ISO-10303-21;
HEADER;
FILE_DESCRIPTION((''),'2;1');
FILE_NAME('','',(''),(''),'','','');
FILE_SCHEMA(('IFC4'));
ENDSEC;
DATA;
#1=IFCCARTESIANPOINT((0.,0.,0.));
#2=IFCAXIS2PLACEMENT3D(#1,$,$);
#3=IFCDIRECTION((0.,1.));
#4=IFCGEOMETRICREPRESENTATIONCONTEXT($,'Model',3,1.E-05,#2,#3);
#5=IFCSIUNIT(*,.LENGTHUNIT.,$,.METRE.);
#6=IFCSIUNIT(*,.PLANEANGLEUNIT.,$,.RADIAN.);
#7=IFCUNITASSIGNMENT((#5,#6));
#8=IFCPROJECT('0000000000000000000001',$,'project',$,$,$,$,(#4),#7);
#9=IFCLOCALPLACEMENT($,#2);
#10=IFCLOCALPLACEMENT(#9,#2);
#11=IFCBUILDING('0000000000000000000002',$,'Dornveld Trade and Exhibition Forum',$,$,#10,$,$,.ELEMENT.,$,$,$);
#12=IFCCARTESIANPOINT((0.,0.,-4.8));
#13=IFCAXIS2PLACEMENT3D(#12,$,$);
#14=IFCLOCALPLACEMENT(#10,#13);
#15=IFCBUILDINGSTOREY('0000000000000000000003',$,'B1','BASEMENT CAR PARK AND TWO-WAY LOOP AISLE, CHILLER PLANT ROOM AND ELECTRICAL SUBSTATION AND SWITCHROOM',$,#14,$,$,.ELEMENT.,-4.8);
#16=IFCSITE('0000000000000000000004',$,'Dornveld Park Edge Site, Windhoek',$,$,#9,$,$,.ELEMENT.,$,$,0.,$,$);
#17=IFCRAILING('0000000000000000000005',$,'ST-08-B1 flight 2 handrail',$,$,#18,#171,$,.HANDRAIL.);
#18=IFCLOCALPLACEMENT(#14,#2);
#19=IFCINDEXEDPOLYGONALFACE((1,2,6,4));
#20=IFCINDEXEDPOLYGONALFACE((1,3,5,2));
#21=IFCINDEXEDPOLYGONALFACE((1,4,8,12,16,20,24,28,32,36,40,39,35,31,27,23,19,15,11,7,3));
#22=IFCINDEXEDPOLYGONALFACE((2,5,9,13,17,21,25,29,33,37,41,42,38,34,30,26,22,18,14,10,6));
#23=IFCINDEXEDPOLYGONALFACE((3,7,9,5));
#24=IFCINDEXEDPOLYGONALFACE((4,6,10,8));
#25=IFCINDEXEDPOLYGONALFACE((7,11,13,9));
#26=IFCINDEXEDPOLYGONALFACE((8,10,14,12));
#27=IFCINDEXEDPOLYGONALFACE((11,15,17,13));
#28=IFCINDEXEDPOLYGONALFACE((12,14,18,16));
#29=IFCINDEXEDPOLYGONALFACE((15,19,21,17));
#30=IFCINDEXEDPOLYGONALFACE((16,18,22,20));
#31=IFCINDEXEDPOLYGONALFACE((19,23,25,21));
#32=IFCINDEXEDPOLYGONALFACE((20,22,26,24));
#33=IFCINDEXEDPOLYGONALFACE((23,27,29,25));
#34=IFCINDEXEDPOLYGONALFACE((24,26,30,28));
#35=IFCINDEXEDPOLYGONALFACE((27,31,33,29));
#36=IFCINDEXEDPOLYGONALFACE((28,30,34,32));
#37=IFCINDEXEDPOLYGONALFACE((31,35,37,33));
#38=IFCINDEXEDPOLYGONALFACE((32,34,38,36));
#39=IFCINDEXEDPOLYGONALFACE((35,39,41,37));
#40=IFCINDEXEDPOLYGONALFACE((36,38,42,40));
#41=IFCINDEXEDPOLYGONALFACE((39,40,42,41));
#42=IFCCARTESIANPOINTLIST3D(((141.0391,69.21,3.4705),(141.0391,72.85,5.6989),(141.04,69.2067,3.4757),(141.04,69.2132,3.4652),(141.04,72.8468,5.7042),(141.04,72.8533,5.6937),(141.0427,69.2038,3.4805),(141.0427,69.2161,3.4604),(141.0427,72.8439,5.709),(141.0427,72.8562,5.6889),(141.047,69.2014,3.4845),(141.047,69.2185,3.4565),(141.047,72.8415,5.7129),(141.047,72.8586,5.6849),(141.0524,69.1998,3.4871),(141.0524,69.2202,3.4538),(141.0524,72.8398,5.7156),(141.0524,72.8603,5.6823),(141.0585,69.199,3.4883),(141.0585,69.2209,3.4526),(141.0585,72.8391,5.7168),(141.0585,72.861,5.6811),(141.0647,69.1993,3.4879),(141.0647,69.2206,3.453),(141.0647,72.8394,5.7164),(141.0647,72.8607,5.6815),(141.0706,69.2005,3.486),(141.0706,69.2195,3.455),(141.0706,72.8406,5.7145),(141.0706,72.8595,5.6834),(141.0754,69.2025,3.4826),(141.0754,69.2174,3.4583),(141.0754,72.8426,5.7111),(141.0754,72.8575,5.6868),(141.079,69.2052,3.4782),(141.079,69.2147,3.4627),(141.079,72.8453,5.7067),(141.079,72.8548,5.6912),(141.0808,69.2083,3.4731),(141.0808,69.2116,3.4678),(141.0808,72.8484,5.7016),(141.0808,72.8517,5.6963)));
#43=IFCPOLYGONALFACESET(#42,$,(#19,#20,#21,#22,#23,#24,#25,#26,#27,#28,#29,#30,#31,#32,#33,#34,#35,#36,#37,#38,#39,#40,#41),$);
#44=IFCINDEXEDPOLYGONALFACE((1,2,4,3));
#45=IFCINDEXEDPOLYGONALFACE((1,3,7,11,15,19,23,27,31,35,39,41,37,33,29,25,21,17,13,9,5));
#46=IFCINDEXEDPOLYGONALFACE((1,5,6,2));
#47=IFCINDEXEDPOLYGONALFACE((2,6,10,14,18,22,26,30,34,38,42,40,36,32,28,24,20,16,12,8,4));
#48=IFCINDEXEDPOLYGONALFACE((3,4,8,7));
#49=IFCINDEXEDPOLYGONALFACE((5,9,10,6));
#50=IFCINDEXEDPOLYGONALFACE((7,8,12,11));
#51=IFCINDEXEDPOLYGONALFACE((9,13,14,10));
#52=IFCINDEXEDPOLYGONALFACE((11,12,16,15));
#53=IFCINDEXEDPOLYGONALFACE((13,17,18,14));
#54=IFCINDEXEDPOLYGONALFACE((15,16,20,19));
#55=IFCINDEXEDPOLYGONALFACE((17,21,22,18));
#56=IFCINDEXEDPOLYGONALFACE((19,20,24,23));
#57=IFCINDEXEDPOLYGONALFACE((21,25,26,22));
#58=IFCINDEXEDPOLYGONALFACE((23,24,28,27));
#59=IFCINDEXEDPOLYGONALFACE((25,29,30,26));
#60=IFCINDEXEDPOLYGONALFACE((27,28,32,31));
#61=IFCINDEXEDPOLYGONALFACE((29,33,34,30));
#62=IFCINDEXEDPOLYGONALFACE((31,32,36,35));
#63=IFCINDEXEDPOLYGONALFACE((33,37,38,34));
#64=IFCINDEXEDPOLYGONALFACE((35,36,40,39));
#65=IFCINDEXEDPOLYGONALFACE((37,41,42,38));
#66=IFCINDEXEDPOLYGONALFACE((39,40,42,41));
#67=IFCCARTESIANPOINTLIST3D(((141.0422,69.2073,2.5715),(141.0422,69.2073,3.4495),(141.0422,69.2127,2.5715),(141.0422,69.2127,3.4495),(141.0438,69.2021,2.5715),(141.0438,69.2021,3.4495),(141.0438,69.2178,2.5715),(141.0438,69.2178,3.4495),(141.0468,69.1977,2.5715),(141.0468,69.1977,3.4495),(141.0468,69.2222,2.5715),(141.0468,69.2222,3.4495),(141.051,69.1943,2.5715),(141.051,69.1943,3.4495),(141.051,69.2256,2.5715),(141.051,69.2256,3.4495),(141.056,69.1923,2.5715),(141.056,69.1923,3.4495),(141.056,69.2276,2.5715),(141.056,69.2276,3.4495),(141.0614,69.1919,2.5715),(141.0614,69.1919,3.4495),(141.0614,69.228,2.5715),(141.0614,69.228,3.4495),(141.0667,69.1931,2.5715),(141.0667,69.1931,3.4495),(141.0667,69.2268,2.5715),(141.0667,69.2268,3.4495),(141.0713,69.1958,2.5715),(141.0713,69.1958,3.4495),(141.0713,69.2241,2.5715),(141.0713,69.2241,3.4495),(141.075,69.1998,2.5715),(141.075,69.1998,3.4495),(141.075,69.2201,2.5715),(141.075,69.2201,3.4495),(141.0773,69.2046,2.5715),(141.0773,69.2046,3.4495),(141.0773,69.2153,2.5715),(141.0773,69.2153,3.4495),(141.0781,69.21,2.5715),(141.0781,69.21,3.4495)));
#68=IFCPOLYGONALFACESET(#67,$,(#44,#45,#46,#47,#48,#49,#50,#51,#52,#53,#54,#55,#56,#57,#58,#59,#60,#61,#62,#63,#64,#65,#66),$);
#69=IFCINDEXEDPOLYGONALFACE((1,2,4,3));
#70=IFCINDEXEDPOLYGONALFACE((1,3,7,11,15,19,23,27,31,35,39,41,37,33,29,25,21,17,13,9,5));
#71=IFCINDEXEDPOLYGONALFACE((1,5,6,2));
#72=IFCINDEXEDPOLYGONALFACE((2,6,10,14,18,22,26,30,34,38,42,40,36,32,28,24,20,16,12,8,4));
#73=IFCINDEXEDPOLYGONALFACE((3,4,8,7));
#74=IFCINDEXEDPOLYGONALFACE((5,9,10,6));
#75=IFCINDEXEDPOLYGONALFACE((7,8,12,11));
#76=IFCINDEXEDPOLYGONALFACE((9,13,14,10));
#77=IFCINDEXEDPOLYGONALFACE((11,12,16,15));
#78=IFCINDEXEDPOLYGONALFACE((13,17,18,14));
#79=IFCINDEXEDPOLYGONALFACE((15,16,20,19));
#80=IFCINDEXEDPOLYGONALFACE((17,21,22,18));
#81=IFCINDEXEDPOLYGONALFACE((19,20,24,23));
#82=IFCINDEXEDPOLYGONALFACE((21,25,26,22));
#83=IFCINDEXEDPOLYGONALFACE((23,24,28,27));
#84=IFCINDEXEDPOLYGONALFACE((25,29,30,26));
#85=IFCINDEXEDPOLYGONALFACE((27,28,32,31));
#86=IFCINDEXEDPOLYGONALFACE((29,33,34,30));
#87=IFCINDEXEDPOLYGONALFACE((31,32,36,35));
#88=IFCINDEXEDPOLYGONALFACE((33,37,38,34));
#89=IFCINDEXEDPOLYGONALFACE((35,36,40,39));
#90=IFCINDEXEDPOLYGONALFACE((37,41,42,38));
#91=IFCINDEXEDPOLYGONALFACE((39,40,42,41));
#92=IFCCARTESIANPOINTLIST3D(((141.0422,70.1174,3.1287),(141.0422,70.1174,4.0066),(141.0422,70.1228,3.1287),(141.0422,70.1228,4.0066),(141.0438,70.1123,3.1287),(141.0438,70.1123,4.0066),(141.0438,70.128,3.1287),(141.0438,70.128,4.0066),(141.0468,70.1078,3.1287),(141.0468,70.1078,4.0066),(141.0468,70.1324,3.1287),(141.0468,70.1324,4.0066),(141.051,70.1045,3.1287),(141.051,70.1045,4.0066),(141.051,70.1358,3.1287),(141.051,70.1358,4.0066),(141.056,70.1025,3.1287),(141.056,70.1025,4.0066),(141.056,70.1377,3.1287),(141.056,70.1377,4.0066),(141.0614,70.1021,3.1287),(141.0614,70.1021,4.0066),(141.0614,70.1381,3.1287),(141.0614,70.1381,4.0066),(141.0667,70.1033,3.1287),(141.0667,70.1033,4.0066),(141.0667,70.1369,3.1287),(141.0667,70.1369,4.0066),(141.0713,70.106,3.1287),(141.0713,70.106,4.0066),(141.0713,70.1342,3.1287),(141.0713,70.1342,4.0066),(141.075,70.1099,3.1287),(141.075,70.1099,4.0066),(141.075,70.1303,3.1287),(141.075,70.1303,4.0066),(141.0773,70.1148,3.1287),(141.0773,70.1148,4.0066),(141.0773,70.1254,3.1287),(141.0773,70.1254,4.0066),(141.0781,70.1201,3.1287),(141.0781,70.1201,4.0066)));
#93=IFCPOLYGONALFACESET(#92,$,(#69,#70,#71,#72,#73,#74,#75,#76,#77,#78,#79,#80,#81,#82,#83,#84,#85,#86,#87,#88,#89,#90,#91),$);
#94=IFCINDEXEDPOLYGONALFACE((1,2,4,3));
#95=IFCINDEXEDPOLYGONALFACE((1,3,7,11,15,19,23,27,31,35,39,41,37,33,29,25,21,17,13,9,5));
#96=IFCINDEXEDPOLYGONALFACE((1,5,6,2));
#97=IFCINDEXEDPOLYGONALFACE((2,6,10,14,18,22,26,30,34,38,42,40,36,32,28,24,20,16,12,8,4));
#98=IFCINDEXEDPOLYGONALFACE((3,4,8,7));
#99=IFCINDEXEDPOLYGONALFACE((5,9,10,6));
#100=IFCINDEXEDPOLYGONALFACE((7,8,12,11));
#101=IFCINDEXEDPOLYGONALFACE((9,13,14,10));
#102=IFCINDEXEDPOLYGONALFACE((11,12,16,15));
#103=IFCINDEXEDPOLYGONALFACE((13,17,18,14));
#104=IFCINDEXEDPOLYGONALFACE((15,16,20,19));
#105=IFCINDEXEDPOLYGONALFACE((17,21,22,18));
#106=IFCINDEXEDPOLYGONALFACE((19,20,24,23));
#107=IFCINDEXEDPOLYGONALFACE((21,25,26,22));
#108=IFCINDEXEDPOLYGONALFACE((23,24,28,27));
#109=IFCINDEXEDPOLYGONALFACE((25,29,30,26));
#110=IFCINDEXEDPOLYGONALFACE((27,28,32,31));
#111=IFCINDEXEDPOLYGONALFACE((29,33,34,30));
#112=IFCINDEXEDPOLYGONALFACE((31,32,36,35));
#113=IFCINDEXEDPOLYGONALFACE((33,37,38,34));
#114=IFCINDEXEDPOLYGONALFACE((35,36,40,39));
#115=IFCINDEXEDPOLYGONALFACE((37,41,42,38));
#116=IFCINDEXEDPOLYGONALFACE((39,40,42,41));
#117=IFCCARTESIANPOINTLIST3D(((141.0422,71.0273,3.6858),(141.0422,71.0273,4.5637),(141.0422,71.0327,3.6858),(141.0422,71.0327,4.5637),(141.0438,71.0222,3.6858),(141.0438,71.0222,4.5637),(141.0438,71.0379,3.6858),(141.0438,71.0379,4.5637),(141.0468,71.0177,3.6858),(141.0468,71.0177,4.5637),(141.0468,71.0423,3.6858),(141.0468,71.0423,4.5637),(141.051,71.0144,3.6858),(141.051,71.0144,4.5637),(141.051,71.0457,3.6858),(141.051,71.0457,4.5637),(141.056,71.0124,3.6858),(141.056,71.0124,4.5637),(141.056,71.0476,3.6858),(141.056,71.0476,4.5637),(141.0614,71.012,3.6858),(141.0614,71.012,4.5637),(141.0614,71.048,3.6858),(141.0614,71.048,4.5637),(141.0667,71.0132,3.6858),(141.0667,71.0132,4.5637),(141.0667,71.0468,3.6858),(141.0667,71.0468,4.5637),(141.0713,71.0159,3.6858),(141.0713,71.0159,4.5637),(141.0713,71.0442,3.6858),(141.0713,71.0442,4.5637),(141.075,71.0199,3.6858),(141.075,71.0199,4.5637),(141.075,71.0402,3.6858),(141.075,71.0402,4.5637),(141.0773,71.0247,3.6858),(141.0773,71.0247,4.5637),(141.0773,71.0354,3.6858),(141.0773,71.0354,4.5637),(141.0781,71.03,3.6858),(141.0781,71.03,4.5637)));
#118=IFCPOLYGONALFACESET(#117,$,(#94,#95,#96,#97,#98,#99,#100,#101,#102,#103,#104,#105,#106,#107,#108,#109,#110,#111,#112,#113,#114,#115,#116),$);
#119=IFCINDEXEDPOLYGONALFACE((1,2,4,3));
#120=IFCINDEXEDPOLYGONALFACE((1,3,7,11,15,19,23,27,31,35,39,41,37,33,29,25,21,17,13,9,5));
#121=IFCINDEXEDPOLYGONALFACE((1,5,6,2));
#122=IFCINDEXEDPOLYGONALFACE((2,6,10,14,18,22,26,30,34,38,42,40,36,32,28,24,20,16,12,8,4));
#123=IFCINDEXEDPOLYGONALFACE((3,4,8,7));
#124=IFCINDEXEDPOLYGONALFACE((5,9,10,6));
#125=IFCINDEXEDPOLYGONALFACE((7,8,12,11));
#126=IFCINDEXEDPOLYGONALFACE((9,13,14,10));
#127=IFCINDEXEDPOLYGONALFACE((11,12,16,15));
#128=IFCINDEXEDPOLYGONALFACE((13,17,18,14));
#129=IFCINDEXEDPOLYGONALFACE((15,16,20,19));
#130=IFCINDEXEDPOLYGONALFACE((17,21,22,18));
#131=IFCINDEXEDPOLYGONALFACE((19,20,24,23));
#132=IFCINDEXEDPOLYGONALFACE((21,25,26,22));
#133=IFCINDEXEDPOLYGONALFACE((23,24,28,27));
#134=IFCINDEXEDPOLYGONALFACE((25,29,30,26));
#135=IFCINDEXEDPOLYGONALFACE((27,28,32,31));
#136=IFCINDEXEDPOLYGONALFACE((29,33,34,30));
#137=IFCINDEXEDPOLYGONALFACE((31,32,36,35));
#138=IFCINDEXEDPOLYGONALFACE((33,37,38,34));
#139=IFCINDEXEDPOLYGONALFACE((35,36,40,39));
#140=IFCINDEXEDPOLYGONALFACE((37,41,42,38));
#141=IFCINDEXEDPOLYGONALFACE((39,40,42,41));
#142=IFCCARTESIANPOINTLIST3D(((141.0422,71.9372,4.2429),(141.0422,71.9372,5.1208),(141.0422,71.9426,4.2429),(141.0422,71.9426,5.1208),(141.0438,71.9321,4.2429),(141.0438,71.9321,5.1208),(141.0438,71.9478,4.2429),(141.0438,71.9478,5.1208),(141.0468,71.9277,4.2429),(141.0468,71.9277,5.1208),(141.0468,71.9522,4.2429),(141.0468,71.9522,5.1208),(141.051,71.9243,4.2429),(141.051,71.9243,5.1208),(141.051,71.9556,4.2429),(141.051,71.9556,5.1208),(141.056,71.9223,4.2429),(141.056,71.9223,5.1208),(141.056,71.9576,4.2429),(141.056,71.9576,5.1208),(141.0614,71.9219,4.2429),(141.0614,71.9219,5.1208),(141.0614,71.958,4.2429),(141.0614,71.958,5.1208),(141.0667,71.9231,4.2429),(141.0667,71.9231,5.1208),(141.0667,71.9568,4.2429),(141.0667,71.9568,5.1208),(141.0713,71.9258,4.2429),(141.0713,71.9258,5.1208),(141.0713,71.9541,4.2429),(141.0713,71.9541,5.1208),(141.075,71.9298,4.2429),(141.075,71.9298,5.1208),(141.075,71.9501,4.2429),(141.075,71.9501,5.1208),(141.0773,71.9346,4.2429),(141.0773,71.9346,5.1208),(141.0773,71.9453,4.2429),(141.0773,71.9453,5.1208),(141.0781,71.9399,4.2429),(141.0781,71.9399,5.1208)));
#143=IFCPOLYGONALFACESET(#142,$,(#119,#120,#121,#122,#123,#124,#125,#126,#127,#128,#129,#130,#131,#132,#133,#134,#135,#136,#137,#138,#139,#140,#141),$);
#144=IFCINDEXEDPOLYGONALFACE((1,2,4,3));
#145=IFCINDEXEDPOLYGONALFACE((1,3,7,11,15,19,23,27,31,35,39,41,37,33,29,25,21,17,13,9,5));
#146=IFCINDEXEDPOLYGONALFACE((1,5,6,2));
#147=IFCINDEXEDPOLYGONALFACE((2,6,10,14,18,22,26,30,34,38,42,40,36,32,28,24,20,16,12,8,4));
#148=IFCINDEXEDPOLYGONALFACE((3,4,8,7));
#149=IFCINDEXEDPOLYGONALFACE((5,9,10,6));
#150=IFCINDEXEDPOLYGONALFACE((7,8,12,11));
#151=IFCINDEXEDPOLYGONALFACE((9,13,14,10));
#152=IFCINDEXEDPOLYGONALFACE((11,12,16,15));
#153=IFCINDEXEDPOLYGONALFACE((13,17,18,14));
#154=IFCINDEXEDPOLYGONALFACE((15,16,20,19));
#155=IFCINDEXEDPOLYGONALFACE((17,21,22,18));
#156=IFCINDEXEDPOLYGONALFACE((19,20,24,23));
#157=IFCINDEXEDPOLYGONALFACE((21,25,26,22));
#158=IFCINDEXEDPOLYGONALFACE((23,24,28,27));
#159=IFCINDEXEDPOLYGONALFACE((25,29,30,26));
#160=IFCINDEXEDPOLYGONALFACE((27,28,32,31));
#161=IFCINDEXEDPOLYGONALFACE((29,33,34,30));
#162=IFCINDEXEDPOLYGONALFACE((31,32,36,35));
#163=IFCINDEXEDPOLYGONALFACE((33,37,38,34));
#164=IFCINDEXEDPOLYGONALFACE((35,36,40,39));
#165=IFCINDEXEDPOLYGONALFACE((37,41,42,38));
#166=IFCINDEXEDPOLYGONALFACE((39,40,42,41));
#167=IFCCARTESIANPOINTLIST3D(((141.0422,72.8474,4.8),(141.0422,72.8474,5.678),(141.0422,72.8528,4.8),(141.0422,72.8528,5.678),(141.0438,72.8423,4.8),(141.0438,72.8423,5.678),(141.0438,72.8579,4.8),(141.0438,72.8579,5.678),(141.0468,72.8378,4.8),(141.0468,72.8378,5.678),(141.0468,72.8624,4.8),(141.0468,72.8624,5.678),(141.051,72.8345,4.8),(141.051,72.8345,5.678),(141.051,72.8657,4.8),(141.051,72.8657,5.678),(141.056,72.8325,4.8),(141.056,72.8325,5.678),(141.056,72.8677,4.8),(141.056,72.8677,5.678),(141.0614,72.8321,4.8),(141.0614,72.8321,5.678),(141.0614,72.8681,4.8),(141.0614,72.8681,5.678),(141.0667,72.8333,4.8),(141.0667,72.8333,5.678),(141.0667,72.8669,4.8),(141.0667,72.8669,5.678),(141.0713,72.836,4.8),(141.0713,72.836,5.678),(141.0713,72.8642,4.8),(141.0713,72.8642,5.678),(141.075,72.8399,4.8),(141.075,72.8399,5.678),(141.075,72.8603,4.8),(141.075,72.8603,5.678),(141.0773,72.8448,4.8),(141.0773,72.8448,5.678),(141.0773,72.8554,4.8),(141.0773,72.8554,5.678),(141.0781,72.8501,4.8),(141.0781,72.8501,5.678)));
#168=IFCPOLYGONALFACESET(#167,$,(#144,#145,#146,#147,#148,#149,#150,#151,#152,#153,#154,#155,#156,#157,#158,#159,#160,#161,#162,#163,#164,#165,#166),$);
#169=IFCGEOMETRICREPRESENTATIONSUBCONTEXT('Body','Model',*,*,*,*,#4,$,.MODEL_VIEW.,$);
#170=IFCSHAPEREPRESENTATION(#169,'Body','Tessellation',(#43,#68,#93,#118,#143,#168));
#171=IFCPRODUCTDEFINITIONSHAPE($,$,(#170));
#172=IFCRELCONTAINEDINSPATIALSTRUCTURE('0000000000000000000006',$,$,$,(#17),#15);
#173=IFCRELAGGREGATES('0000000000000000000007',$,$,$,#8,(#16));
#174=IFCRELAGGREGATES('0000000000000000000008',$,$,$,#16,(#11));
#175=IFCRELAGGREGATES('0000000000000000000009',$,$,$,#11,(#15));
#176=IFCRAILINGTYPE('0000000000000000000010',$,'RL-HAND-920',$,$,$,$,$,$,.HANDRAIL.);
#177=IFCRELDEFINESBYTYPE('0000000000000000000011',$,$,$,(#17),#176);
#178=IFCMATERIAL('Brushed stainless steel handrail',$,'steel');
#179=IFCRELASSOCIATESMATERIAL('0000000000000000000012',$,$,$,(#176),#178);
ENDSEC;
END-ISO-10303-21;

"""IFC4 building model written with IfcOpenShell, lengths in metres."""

from ifc_helpers import new_model, si_unit, direction, frame, origin, origin_2d, place, context, subcontext, project, spatial, circle, extrude, material, type_object, element, save


model = new_model("IFC4")

# Units and contexts
model_context = context("Model", 3, precision=1e-05, world=origin(), true_north=direction((0.0, 1.0)))
body_context = subcontext(model_context, "Body", "Model", "MODEL_VIEW")
ifc_project = project(units=[si_unit("LENGTHUNIT", "METRE"), si_unit("PLANEANGLEUNIT", "RADIAN")], contexts=[model_context])

# Site, building, storey
site_placement = place(None, origin())
site = spatial("IfcSite", under=ifc_project, at=site_placement, Name="Dornveld Park Edge Site, Windhoek", CompositionType="ELEMENT", RefElevation=0.0)
building_placement = place(site_placement, origin())
building = spatial("IfcBuilding", under=site, at=building_placement, Name="Dornveld Trade and Exhibition Forum", CompositionType="ELEMENT")
storey_placement = place(building_placement, frame((0.0, 0.0, -4.8)))
storey = spatial("IfcBuildingStorey", under=building, at=storey_placement, Name="B1", Description="BASEMENT CAR PARK AND TWO-WAY LOOP AISLE, CHILLER PLANT ROOM AND ELECTRICAL SUBSTATION AND SWITCHROOM", CompositionType="ELEMENT", Elevation=-4.8)

# Railing
ifc_material_1 = material(Name="Brushed stainless steel handrail", Category="steel")
railing_type_1 = type_object("IfcRailingType", Name="RL-HAND-920", PredefinedType="HANDRAIL", material=ifc_material_1)
railing_1_placement = place(storey_placement, frame((141.0601, 69.21, 2.5715)))
element("IfcRailing", 1, at=railing_1_placement, inside=storey, type_object=railing_type_1, Name="ST-08-B1 flight 2 handrail", PredefinedType="HANDRAIL", context=body_context, shape_type="SweptSolid", body=[
    extrude(circle(Radius=0.021, at=origin_2d()), frame((0.0, 0.0, 0.8989), z_axis=(0.0, 0.852866, 0.52213), x_axis=(-1.0, 0.0, 0.0)), (0.0, 0.0, 1.0), 4.2681),
    extrude(circle(Radius=0.0181, at=origin_2d()), origin(), (0.0, 0.0, 1.0), 0.8779),
    extrude(circle(Radius=0.0181, at=origin_2d()), frame((0.0, 0.9102, 0.5571)), (0.0, 0.0, 1.0), 0.8779),
    extrude(circle(Radius=0.0181, at=origin_2d()), frame((0.0, 1.8201, 1.1143)), (0.0, 0.0, 1.0), 0.8779),
    extrude(circle(Radius=0.0181, at=origin_2d()), frame((0.0, 2.73, 1.6714)), (0.0, 0.0, 1.0), 0.8779),
    extrude(circle(Radius=0.0181, at=origin_2d()), frame((0.0, 3.6401, 2.2285)), (0.0, 0.0, 1.0), 0.8779),
])

save(model, "model.ifc")
